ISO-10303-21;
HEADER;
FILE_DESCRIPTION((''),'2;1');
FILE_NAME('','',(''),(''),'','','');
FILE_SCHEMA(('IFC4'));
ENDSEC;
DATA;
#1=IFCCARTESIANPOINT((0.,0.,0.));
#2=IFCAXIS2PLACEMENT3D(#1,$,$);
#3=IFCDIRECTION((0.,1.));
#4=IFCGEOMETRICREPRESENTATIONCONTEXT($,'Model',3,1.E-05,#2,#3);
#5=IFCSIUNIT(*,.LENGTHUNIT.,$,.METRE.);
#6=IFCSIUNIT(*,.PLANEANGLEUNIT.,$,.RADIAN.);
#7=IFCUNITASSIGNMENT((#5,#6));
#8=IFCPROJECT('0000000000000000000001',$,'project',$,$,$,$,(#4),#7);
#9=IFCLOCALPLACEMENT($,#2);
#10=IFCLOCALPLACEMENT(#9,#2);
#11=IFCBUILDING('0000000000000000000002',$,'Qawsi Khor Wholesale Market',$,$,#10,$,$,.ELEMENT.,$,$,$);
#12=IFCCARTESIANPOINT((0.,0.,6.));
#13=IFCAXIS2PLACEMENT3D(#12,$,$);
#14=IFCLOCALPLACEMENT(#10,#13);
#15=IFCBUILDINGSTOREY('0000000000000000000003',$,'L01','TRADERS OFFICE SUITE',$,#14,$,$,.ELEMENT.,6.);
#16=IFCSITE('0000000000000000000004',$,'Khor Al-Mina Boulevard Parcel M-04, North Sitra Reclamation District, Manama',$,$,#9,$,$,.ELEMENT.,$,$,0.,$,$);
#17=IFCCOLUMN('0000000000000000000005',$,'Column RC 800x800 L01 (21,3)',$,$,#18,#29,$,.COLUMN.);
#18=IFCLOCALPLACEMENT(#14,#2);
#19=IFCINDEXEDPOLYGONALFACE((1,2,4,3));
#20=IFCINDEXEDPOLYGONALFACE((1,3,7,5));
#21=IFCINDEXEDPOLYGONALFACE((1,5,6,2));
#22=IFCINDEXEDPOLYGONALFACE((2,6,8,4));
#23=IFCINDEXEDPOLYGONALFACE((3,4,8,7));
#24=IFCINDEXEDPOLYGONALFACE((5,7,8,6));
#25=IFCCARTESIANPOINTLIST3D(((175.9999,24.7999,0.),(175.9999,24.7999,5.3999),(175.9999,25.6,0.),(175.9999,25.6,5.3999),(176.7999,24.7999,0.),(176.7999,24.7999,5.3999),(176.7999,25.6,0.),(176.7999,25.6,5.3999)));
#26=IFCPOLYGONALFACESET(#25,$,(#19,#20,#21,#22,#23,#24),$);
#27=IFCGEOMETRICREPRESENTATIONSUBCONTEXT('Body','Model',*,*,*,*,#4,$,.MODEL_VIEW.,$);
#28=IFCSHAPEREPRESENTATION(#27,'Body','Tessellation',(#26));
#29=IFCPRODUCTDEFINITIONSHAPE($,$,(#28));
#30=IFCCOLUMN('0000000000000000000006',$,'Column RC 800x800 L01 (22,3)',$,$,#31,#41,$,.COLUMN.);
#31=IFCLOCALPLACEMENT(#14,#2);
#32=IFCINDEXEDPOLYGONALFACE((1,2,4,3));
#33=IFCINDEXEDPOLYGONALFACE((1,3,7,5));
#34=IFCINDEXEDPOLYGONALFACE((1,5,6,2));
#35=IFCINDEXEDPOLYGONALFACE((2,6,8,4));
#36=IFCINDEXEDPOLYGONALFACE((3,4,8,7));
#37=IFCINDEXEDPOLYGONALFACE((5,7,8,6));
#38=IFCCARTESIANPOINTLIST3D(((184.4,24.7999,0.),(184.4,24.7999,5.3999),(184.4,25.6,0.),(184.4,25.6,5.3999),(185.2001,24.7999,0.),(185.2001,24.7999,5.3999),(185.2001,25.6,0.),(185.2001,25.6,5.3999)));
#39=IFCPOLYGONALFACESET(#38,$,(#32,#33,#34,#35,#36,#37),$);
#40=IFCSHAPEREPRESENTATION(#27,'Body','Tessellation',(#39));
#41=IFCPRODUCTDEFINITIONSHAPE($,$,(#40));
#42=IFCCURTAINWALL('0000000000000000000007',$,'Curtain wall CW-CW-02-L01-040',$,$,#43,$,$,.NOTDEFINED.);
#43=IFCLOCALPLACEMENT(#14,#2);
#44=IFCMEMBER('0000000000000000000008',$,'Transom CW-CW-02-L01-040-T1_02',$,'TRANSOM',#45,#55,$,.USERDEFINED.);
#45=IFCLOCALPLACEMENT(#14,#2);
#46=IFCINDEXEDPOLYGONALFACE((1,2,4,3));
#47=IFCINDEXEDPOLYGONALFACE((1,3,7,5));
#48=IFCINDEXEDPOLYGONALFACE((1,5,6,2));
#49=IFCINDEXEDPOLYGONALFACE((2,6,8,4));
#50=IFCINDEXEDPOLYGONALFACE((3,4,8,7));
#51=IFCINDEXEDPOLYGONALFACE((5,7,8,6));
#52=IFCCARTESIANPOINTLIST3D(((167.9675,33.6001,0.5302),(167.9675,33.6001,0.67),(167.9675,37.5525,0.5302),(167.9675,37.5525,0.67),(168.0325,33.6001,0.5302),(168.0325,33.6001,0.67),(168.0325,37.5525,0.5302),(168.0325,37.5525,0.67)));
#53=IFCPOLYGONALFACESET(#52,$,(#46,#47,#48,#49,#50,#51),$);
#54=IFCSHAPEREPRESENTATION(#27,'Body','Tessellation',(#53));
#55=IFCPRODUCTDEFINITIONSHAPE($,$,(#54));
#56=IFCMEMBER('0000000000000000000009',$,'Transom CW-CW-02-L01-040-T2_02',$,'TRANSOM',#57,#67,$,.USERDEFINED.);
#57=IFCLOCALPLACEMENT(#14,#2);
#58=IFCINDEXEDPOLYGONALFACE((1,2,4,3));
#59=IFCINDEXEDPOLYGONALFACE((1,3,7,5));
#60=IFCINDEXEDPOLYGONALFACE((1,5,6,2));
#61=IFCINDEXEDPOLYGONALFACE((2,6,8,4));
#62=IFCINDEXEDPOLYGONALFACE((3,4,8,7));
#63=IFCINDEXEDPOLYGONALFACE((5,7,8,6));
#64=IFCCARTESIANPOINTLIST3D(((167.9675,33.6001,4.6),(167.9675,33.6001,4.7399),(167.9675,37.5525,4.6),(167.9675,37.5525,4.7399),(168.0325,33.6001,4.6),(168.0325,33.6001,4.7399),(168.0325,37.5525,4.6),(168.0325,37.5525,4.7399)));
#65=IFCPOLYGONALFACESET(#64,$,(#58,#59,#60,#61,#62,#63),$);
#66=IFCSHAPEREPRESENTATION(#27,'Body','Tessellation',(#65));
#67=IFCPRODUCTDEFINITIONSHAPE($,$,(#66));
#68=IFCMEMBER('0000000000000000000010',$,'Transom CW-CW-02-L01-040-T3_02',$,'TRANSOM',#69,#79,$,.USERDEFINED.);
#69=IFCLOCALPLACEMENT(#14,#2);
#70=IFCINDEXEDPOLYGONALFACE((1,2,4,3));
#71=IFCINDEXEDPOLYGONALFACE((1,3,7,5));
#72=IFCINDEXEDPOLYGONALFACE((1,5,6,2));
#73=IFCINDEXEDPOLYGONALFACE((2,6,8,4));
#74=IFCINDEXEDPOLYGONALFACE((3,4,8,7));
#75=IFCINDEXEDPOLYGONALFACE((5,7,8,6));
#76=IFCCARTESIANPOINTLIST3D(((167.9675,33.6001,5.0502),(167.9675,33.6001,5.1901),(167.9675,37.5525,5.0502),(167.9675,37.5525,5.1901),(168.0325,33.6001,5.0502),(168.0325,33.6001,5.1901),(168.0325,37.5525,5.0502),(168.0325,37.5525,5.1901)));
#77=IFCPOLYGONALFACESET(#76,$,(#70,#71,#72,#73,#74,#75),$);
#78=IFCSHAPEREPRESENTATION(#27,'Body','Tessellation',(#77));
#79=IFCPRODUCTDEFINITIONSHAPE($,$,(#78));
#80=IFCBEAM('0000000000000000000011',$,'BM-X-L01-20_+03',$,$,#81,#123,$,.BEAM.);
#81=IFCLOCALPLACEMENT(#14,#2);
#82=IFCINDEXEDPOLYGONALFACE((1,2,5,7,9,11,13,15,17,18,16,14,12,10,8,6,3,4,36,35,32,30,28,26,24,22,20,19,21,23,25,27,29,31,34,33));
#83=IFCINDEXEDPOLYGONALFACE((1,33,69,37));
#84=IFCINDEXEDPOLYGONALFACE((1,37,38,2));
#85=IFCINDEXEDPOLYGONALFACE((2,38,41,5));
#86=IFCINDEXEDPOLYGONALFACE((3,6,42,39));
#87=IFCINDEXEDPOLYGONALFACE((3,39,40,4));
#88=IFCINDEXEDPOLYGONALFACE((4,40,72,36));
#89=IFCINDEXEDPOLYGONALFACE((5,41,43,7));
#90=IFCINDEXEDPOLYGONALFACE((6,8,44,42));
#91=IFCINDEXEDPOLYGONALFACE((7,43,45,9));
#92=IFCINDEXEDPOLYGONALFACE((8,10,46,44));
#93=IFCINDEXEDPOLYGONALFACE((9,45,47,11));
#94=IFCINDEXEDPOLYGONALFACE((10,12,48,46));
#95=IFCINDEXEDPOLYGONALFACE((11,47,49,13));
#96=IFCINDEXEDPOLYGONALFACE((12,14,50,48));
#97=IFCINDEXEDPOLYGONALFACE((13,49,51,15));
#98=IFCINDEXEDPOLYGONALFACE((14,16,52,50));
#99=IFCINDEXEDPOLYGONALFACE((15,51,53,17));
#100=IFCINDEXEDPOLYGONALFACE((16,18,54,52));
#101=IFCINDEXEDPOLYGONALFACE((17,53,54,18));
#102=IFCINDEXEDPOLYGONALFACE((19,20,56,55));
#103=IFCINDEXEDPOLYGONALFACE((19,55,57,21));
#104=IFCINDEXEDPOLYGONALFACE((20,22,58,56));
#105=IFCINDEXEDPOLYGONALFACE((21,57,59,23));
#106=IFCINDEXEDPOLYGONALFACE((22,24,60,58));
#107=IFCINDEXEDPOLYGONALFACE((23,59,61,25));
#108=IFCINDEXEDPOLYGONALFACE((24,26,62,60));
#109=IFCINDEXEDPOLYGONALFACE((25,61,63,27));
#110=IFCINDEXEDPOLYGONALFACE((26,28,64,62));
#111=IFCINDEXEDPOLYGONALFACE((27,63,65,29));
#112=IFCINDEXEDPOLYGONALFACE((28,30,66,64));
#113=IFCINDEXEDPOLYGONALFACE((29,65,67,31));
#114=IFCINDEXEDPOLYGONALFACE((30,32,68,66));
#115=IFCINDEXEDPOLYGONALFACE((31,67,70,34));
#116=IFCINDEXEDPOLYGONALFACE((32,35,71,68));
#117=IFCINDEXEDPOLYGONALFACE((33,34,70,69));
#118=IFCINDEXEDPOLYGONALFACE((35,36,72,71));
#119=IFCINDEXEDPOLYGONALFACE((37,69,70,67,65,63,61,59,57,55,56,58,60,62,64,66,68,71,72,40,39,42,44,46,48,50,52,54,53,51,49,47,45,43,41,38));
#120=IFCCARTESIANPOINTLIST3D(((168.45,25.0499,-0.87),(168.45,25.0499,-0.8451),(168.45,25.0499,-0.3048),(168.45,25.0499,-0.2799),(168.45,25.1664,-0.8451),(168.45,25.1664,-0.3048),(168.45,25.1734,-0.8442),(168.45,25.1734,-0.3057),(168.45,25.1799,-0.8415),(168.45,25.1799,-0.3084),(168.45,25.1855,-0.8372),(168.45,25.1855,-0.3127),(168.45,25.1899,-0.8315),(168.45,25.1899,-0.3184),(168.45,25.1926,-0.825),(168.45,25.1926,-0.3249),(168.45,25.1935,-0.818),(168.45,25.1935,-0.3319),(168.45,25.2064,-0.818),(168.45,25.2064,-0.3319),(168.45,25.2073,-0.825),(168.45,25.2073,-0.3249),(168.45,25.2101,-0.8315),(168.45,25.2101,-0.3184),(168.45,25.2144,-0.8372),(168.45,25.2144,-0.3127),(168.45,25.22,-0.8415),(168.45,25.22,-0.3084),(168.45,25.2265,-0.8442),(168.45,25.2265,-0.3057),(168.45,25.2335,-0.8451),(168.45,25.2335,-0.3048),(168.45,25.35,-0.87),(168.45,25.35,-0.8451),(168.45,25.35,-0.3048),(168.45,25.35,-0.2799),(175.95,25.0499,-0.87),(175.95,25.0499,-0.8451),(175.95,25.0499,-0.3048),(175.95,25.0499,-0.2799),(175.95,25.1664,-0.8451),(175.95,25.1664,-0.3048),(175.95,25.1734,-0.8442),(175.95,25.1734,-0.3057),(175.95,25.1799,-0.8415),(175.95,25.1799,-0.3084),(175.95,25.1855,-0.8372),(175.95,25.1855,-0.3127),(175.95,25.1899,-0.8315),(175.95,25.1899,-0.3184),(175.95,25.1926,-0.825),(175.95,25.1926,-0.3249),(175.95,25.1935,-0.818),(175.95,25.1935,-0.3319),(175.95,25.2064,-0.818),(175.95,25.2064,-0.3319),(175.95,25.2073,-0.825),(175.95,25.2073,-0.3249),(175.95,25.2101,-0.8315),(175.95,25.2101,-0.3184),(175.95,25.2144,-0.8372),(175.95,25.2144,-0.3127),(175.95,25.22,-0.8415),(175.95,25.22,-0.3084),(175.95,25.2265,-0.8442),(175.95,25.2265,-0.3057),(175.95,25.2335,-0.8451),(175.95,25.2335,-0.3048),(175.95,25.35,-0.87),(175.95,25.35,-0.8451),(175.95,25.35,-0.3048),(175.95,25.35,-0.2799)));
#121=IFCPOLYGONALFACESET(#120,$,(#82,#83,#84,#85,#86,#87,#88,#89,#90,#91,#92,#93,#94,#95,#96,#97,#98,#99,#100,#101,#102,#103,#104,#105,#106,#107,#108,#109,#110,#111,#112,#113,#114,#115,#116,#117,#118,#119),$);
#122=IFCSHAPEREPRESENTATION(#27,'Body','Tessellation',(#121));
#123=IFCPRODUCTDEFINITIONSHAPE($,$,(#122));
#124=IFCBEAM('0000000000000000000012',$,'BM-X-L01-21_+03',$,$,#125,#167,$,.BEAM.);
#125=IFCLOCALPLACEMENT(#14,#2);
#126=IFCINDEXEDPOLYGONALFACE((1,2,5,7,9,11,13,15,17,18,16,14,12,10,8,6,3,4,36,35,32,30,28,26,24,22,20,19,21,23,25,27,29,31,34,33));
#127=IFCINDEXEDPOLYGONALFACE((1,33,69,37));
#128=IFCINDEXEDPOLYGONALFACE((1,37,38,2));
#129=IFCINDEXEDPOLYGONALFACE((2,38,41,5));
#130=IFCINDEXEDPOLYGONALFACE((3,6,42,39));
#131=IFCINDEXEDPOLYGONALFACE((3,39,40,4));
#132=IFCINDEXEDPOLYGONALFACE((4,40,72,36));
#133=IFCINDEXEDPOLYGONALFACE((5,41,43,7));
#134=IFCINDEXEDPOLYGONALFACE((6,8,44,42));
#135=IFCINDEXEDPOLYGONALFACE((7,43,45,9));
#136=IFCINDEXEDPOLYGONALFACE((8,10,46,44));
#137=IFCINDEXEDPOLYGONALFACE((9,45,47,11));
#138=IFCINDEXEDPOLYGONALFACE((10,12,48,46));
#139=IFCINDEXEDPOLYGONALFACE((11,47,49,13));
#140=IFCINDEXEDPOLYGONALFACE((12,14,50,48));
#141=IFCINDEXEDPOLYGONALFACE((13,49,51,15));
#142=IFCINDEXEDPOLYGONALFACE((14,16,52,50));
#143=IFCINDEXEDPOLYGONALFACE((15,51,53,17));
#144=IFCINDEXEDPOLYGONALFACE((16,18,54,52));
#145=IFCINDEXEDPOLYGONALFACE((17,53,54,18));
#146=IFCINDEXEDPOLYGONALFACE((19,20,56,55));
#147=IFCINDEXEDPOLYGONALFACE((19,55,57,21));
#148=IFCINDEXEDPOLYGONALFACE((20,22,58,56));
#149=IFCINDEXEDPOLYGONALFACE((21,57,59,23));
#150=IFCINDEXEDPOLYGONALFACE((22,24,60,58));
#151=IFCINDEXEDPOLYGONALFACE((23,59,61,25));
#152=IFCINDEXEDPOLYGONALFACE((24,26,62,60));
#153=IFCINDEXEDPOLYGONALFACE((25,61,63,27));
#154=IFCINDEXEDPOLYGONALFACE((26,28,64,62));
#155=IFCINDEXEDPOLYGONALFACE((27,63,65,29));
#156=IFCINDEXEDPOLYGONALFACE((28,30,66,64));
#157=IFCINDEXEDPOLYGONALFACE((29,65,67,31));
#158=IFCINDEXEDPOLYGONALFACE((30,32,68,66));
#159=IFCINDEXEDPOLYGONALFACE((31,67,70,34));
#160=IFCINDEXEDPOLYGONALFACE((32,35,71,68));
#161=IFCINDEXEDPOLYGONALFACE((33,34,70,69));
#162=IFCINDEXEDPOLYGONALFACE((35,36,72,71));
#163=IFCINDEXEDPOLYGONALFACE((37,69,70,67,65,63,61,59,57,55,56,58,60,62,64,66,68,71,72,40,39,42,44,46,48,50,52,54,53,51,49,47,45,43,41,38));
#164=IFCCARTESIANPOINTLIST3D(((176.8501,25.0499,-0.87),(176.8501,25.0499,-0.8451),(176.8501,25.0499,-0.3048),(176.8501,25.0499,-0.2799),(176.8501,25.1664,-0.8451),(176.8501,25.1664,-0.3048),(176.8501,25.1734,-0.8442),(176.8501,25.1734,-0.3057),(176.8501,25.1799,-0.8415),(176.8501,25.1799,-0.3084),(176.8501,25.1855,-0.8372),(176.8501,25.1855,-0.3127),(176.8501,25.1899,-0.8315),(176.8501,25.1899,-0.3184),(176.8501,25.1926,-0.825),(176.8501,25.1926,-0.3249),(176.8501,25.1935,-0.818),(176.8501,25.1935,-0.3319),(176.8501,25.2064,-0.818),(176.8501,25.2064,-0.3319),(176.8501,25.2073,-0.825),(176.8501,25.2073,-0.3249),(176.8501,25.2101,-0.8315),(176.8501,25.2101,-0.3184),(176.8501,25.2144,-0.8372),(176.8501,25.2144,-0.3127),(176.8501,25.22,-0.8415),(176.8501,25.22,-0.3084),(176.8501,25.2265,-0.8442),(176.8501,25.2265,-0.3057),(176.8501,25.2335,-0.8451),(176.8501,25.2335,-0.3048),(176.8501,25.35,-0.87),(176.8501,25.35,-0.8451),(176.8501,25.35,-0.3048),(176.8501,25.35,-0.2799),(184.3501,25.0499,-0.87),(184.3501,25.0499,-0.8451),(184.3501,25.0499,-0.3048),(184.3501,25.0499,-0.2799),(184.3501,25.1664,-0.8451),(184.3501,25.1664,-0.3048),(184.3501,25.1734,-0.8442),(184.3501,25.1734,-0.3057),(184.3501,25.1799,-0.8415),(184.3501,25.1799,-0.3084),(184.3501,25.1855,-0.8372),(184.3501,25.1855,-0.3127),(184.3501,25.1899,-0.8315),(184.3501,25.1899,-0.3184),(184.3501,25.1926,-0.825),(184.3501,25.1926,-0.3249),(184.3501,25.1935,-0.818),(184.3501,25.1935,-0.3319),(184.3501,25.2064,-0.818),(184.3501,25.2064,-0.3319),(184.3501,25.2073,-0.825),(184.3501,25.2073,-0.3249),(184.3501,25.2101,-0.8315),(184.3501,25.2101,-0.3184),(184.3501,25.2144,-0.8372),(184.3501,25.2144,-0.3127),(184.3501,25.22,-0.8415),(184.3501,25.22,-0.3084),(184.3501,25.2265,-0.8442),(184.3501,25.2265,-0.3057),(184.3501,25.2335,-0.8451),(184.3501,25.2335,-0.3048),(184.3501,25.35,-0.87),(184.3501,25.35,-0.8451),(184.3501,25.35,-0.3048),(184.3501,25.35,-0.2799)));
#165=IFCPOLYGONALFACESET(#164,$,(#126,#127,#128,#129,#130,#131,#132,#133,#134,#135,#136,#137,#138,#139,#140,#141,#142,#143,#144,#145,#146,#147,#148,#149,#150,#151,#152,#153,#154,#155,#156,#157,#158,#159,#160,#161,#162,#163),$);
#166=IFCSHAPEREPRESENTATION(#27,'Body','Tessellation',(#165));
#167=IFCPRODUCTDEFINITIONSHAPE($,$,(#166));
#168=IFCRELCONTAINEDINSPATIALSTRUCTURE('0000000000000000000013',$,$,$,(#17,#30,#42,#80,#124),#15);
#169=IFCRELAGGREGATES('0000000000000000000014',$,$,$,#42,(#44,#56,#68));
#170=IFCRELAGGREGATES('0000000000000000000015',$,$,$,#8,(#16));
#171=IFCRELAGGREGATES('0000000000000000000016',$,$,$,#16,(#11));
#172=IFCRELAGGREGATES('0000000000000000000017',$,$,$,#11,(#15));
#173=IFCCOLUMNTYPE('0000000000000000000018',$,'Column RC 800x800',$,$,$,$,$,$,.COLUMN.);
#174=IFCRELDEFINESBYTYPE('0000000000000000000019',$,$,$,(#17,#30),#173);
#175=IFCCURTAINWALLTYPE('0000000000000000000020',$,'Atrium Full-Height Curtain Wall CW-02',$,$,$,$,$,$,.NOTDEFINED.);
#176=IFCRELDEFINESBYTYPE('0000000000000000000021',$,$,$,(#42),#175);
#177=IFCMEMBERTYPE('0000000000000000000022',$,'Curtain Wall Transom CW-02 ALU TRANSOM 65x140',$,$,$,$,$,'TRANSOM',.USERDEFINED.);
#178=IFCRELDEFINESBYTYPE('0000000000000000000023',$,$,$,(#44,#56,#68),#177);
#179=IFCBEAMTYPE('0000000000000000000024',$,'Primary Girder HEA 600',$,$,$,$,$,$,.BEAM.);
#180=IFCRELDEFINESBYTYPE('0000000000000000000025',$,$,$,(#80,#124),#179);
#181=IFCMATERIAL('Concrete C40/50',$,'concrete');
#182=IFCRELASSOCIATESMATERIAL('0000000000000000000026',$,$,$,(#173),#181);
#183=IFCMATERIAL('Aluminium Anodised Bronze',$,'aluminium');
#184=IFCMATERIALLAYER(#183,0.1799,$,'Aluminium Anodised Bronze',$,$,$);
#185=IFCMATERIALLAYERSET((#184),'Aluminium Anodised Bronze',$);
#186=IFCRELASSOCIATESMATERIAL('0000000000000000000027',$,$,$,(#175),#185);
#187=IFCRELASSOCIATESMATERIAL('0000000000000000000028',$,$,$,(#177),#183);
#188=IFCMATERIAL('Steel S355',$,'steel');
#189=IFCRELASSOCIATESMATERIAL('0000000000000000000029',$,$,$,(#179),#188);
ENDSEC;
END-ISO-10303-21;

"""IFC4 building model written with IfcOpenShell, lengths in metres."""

from ifc_helpers import new_model, si_unit, direction, frame, origin, origin_2d, place, context, subcontext, project, spatial, rectangle, i_section, extrude, material, layer, layer_set, material_profile, profile_set, type_object, element, aggregate, save


model = new_model("IFC4")

# Units and contexts
model_context = context("Model", 3, precision=1e-05, world=origin(), true_north=direction((0.0, 1.0)))
body_context = subcontext(model_context, "Body", "Model", "MODEL_VIEW")
ifc_project = project(units=[si_unit("LENGTHUNIT", "METRE"), si_unit("PLANEANGLEUNIT", "RADIAN")], contexts=[model_context])

# Site, building, storey
site_placement = place(None, origin())
site = spatial("IfcSite", under=ifc_project, at=site_placement, Name="Khor Al-Mina Boulevard Parcel M-04, North Sitra Reclamation District, Manama", CompositionType="ELEMENT", RefElevation=0.0)
building_placement = place(site_placement, origin())
building = spatial("IfcBuilding", under=site, at=building_placement, Name="Qawsi Khor Wholesale Market", CompositionType="ELEMENT")
storey_placement = place(building_placement, frame((0.0, 0.0, 6.0)))
storey = spatial("IfcBuildingStorey", under=building, at=storey_placement, Name="L01", Description="TRADERS OFFICE SUITE", CompositionType="ELEMENT", Elevation=6.0)

# Columns
ifc_material_1 = material(Name="Concrete C40/50", Category="concrete")
ifc_material_profile_1 = material_profile(ifc_material_1, rectangle(XDim=0.8, YDim=0.8, at=origin_2d()), Name="RC 800x800")
ifc_profile_set_1 = profile_set([ifc_material_profile_1], Name="Concrete C40/50")
column_type = type_object("IfcColumnType", Name="Column RC 800x800", PredefinedType="COLUMN", material=ifc_profile_set_1)
for number, where, z_axis, x_axis, name in (
    (1, (176.3999, 25.2, 0.0), (0.0, 0.0, 1.0), (1.0, 0.0, 0.0), "Column RC 800x800 L01 (21,3)"),
    (2, (184.8, 25.2, 0.0), (0.0, 0.0, 1.0), (1.0, 0.0, 0.0), "Column RC 800x800 L01 (22,3)"),
):
    element("IfcColumn", number, at=place(storey_placement, frame(where, z_axis=z_axis, x_axis=x_axis)), inside=storey, type_object=column_type, Name=name, PredefinedType="COLUMN", context=body_context, shape_type="SweptSolid", body=[
        extrude(rectangle(XDim=0.8, YDim=0.8, at=origin_2d()), origin(), (0.0, 0.0, 1.0), 5.3999),
    ])

# Curtain wall, members
ifc_material_2 = material(Name="Aluminium Anodised Bronze", Category="aluminium")
ifc_layer_1 = layer(ifc_material_2, 0.1799, Name="Aluminium Anodised Bronze")
ifc_layer_set_1 = layer_set([ifc_layer_1], Name="Aluminium Anodised Bronze")
curtain_wall_type = type_object("IfcCurtainWallType", Name="Atrium Full-Height Curtain Wall CW-02", PredefinedType="NOTDEFINED", material=ifc_layer_set_1)
curtain_wall_placement = place(storey_placement, origin())
curtain_wall = element("IfcCurtainWall", 3, at=curtain_wall_placement, inside=storey, type_object=curtain_wall_type, Name="Curtain wall CW-CW-02-L01-040", PredefinedType="NOTDEFINED")
ifc_material_profile_2 = material_profile(ifc_material_2, rectangle(XDim=0.0649, YDim=0.1399, at=origin_2d()), Name="ALU TRANSOM 65x140")
ifc_profile_set_2 = profile_set([ifc_material_profile_2], Name="Aluminium Anodised Bronze")
member_type = type_object("IfcMemberType", Name="Curtain Wall Transom CW-02 ALU TRANSOM 65x140", ElementType="TRANSOM", PredefinedType="USERDEFINED", material=ifc_profile_set_2)
member_1_placement = place(storey_placement, frame((168.0, 33.6001, 0.6001), z_axis=(0.0, 1.0, 0.0), x_axis=(-1.0, 0.0, 0.0)))
member_1 = element("IfcMember", 4, at=member_1_placement, type_object=member_type, Name="Transom CW-CW-02-L01-040-T1_02", ObjectType="TRANSOM", PredefinedType="USERDEFINED", context=body_context, shape_type="SweptSolid", body=[
    extrude(rectangle(XDim=0.0649, YDim=0.1399, at=origin_2d()), origin(), (0.0, 0.0, 1.0), 3.9524),
])
member_2_placement = place(storey_placement, frame((168.0, 33.6001, 4.6699), z_axis=(0.0, 1.0, 0.0), x_axis=(-1.0, 0.0, 0.0)))
member_2 = element("IfcMember", 5, at=member_2_placement, type_object=member_type, Name="Transom CW-CW-02-L01-040-T2_02", ObjectType="TRANSOM", PredefinedType="USERDEFINED", context=body_context, shape_type="SweptSolid", body=[
    extrude(rectangle(XDim=0.0649, YDim=0.1399, at=origin_2d()), origin(), (0.0, 0.0, 1.0), 3.9524),
])
member_3_placement = place(storey_placement, frame((168.0, 33.6001, 5.1201), z_axis=(0.0, 1.0, 0.0), x_axis=(-1.0, 0.0, 0.0)))
member_3 = element("IfcMember", 6, at=member_3_placement, type_object=member_type, Name="Transom CW-CW-02-L01-040-T3_02", ObjectType="TRANSOM", PredefinedType="USERDEFINED", context=body_context, shape_type="SweptSolid", body=[
    extrude(rectangle(XDim=0.0649, YDim=0.1399, at=origin_2d()), origin(), (0.0, 0.0, 1.0), 3.9524),
])

# Beams
ifc_material_3 = material(Name="Steel S355", Category="steel")
ifc_material_profile_3 = material_profile(ifc_material_3, i_section(OverallWidth=0.3, OverallDepth=0.5901, WebThickness=0.0129, FlangeThickness=0.0249, FilletRadius=0.0271, at=origin_2d()), Name="HEA 600")
ifc_profile_set_3 = profile_set([ifc_material_profile_3], Name="Steel S355")
beam_type_1 = type_object("IfcBeamType", Name="Primary Girder HEA 600", PredefinedType="BEAM", material=ifc_profile_set_3)
for number, where, z_axis, x_axis, name in (
    (7, (168.45, 25.2, -0.575), (1.0, 0.0, 0.0), (0.0, 1.0, 0.0), "BM-X-L01-20_+03"),
    (8, (176.8501, 25.2, -0.575), (1.0, 0.0, 0.0), (0.0, 1.0, 0.0), "BM-X-L01-21_+03"),
):
    element("IfcBeam", number, at=place(storey_placement, frame(where, z_axis=z_axis, x_axis=x_axis)), inside=storey, type_object=beam_type_1, Name=name, PredefinedType="BEAM", context=body_context, shape_type="SweptSolid", body=[
        extrude(i_section(OverallWidth=0.3, OverallDepth=0.5901, WebThickness=0.0129, FlangeThickness=0.0249, FilletRadius=0.0271, at=origin_2d()), origin(), (0.0, 0.0, 1.0), 7.5),
    ])

aggregate(curtain_wall, [member_1, member_2, member_3])

save(model, "model.ifc")
